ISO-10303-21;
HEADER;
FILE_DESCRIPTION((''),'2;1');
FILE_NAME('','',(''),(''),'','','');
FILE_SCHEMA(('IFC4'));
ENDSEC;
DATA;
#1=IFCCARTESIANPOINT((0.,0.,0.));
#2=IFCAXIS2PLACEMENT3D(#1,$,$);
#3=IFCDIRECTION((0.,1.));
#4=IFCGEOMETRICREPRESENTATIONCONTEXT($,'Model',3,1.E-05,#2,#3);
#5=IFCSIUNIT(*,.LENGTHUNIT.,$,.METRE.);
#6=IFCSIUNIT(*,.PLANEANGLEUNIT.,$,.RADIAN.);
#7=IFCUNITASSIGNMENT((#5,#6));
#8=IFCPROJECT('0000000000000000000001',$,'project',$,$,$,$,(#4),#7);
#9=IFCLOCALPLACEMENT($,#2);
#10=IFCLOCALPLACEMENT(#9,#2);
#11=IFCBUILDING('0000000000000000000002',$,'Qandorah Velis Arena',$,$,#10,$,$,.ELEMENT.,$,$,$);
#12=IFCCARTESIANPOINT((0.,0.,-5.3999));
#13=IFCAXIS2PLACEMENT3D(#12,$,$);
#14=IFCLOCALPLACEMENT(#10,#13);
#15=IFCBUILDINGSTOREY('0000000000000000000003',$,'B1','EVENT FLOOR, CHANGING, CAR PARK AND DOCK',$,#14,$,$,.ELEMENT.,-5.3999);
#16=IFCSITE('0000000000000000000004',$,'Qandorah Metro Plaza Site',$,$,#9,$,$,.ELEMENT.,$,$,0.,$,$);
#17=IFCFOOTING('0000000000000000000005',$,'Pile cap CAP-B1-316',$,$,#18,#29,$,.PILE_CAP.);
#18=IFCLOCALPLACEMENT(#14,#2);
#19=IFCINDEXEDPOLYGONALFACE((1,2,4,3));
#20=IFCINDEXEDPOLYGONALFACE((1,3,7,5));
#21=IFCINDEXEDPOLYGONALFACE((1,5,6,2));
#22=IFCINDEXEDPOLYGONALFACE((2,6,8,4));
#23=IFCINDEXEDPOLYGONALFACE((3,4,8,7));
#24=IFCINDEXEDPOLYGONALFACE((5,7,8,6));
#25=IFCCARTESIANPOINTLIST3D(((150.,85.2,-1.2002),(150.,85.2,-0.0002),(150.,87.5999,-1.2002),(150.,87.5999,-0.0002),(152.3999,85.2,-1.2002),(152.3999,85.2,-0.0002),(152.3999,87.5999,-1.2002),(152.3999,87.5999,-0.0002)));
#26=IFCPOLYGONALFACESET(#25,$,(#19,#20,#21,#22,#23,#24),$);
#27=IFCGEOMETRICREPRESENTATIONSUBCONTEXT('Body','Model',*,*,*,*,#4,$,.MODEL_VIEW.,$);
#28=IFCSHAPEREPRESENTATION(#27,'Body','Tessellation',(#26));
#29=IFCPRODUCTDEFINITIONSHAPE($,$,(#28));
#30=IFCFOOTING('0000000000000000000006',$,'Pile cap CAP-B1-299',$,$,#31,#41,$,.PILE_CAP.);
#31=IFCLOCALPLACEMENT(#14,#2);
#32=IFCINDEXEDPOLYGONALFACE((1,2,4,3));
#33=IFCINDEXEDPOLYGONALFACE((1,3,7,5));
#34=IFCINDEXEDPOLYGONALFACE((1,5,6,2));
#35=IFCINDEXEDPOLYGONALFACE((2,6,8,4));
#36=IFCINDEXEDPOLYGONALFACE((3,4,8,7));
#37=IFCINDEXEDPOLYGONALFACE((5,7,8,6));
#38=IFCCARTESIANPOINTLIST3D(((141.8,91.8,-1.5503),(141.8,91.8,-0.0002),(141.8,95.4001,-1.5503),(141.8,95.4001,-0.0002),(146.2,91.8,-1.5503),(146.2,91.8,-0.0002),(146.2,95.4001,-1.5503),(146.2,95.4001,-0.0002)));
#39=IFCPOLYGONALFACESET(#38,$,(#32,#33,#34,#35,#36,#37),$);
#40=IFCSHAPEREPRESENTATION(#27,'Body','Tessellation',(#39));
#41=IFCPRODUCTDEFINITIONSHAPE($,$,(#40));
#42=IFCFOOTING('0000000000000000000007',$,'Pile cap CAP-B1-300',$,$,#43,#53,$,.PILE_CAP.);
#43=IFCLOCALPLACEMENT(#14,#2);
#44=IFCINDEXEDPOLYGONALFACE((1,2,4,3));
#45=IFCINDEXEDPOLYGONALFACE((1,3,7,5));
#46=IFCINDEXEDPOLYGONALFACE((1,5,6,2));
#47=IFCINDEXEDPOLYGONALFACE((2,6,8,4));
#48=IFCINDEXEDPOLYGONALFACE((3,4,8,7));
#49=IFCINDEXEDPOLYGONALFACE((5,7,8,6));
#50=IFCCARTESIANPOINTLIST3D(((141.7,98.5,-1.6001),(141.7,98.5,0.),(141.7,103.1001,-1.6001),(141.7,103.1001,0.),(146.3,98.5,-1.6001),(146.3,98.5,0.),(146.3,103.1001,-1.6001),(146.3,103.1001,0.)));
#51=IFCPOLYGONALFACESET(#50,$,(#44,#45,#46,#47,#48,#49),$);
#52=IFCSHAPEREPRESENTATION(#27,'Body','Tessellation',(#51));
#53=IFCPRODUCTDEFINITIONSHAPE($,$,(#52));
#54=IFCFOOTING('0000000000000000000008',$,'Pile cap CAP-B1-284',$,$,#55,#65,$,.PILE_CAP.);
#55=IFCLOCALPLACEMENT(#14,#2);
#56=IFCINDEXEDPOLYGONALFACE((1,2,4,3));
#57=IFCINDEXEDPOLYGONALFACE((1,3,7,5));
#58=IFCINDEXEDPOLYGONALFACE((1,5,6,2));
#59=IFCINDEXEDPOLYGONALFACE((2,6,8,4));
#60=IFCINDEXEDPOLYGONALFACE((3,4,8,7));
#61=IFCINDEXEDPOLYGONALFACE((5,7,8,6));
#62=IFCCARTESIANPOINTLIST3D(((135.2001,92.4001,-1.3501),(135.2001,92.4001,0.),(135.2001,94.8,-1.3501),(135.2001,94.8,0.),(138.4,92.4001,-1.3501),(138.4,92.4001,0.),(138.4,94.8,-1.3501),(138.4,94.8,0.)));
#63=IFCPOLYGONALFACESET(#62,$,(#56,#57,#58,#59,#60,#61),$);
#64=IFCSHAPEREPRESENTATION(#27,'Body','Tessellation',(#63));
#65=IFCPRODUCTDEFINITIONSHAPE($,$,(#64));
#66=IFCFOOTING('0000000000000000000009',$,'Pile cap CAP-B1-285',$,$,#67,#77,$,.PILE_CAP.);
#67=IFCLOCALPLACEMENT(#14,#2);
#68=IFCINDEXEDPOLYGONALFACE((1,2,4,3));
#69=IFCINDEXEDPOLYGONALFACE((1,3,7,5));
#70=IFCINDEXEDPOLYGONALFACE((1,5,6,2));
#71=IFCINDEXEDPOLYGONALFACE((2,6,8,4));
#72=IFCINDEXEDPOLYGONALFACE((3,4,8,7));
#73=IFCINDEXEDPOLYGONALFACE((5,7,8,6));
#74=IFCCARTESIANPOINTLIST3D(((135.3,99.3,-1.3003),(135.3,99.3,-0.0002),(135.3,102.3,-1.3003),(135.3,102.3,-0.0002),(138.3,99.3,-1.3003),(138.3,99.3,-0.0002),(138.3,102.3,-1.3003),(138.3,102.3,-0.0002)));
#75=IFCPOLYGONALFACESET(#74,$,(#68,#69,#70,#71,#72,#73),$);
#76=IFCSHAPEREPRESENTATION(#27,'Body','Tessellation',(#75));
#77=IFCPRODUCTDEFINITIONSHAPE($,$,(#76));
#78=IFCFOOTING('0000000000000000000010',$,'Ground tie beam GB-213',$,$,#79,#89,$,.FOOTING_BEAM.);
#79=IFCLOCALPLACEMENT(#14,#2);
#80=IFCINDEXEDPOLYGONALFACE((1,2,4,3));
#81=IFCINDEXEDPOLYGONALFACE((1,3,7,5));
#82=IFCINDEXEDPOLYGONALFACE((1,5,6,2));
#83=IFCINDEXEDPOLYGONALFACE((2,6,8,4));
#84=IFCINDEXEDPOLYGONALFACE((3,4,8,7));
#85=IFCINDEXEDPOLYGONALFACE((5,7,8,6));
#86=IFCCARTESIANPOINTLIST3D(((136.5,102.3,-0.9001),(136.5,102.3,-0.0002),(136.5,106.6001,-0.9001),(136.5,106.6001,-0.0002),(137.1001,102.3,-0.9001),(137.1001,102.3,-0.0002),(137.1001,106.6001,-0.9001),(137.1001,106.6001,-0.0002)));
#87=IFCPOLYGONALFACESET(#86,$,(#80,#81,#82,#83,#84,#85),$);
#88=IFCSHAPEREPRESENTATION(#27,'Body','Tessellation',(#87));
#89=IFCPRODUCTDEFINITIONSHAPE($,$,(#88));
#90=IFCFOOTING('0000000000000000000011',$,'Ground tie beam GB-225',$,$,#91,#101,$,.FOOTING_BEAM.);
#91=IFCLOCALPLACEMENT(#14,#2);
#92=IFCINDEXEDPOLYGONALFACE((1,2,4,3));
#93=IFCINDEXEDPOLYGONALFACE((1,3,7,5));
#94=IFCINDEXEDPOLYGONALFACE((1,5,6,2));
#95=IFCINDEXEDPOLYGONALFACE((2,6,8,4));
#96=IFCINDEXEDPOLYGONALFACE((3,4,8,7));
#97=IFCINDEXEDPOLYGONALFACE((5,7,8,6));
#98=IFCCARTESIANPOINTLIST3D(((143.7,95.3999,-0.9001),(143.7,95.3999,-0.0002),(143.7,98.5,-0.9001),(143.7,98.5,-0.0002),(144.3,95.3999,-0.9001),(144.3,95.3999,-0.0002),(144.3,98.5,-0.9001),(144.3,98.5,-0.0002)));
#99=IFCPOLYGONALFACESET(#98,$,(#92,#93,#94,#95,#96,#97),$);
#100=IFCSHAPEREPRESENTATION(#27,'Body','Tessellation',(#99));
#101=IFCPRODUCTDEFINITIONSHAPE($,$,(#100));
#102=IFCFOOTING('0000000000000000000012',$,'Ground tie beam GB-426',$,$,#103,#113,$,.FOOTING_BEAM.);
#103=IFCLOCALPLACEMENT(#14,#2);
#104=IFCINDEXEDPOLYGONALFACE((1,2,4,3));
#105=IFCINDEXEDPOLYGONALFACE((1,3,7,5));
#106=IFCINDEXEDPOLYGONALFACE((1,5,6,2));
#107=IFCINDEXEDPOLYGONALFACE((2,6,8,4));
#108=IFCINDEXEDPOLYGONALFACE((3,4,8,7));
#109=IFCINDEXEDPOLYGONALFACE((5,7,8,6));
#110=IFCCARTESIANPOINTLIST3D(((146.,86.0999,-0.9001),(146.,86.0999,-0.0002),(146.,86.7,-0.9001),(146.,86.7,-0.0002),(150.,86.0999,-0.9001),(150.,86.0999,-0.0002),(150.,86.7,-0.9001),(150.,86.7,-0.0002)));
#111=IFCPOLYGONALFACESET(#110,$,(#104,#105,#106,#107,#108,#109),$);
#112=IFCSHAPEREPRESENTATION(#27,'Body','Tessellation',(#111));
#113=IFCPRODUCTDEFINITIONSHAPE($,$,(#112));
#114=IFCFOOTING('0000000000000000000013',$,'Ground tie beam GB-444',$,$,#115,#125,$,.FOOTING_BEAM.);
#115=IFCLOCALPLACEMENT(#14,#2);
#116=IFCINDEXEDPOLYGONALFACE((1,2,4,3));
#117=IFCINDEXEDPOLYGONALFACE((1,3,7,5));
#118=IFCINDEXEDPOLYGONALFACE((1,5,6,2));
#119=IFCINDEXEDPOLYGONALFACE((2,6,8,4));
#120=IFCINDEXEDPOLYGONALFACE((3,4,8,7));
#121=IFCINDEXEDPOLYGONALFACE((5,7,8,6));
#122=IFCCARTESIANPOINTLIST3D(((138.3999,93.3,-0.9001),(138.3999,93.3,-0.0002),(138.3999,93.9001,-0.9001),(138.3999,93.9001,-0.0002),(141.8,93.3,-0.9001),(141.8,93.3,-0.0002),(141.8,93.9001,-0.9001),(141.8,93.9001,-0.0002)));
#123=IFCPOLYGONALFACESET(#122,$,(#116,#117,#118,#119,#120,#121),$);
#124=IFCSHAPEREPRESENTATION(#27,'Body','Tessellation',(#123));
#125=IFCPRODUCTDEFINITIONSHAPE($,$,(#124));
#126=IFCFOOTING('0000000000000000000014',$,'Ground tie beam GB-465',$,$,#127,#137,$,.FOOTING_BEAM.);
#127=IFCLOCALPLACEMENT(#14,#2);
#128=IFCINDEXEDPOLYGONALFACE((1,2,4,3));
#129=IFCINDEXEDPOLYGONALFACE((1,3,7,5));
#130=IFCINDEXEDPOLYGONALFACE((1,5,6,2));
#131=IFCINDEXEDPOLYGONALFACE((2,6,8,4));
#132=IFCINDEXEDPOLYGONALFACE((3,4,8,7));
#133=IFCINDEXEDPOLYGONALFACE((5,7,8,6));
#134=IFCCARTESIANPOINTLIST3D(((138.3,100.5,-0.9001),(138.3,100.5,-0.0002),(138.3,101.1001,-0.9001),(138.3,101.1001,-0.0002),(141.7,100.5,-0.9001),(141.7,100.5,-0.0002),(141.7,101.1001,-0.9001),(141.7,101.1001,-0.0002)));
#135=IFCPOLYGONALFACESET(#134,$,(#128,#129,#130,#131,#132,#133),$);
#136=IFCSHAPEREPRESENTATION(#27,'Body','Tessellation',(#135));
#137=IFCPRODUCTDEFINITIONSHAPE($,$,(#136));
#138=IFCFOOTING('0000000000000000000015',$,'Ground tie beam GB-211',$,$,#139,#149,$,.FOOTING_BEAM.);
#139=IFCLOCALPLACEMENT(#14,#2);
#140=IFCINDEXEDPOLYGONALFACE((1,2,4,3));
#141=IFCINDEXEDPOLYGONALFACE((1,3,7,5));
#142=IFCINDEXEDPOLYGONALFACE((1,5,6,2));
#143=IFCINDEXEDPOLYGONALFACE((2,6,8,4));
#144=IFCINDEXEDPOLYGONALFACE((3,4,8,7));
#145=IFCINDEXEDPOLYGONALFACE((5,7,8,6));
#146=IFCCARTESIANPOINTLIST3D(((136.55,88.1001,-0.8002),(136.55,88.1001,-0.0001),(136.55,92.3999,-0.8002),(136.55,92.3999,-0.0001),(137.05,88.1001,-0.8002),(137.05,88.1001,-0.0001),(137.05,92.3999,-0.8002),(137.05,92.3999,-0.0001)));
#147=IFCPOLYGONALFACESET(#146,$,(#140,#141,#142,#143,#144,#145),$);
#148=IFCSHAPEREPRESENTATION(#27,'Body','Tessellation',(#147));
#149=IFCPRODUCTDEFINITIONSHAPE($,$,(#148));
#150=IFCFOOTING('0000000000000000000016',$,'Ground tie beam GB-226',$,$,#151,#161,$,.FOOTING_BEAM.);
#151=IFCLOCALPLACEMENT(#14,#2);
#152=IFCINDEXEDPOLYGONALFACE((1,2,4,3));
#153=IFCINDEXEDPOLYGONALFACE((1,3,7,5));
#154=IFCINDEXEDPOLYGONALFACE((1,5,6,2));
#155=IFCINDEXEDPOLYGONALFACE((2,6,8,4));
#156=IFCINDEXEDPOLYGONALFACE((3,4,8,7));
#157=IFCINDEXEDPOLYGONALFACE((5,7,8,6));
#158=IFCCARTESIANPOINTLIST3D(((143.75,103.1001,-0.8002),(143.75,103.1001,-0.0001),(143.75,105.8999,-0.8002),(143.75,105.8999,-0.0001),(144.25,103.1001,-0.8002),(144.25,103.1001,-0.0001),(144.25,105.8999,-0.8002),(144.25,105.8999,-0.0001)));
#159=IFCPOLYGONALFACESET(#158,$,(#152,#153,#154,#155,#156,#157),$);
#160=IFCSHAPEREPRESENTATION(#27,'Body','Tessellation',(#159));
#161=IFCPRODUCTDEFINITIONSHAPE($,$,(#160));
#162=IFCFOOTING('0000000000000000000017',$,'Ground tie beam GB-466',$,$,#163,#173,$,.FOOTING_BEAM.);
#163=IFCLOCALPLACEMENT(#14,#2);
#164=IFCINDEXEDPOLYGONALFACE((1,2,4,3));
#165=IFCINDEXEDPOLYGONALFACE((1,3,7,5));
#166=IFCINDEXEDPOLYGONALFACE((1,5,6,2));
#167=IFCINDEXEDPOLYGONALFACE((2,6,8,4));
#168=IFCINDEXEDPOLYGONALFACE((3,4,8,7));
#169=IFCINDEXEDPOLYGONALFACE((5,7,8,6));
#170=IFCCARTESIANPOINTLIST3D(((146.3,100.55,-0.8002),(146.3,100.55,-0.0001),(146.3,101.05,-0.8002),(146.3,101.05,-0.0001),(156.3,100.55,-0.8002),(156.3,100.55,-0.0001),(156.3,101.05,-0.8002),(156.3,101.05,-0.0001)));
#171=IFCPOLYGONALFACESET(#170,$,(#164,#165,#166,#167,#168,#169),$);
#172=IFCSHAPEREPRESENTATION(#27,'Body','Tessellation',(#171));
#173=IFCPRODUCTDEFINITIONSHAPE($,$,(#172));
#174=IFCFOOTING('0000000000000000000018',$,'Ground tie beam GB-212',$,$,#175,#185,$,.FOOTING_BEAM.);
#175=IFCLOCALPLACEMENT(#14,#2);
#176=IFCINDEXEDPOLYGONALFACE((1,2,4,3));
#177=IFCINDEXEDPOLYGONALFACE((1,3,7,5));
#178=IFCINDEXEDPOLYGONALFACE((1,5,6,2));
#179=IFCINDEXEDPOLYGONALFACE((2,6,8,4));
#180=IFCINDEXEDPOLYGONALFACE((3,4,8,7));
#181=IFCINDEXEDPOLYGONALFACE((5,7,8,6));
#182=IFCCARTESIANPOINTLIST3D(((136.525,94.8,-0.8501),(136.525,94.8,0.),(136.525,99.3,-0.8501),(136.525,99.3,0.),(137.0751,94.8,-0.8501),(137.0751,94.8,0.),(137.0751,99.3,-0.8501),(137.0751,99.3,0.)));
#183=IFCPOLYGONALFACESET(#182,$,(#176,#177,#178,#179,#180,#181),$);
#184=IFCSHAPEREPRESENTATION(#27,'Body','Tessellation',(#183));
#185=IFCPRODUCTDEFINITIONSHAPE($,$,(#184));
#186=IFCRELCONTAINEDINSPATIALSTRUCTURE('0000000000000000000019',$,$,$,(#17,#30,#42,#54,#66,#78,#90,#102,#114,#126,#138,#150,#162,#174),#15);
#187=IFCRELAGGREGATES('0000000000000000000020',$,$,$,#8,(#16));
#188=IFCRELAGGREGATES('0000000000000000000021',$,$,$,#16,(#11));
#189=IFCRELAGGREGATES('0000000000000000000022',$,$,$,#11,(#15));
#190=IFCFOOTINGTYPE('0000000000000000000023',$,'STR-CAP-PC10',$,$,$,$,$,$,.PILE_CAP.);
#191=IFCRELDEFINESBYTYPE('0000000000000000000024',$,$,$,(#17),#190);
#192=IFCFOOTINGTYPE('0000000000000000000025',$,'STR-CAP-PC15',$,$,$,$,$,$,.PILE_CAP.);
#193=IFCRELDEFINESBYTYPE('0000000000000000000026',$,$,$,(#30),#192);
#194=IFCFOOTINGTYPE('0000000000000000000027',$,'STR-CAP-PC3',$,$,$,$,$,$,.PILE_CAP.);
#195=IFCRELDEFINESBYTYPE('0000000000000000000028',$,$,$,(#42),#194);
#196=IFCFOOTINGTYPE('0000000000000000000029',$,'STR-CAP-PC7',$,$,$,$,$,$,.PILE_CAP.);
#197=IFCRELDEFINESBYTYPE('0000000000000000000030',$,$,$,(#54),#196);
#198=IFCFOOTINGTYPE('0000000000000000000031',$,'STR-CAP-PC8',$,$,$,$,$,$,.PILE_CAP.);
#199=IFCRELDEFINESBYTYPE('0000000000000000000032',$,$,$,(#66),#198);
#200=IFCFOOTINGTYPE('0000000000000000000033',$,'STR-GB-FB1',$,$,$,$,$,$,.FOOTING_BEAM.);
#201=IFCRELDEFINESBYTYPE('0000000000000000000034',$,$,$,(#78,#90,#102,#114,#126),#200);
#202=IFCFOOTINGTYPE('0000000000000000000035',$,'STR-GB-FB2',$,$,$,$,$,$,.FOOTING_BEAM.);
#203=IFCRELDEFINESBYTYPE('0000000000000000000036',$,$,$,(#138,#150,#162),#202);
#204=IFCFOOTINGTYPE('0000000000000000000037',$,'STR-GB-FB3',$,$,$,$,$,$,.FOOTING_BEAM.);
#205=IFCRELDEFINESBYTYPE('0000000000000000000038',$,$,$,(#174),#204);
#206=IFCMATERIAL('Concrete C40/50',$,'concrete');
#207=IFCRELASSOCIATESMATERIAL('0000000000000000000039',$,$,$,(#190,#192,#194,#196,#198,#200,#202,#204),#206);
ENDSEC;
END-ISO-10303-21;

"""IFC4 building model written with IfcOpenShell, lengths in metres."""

from ifc_helpers import new_model, si_unit, direction, frame, origin, origin_2d, place, context, subcontext, project, spatial, rectangle, extrude, material, material_profile, profile_set, type_object, element, save


model = new_model("IFC4")

# Units and contexts
model_context = context("Model", 3, precision=1e-05, world=origin(), true_north=direction((0.0, 1.0)))
body_context = subcontext(model_context, "Body", "Model", "MODEL_VIEW")
ifc_project = project(units=[si_unit("LENGTHUNIT", "METRE"), si_unit("PLANEANGLEUNIT", "RADIAN")], contexts=[model_context])

# Site, building, storey
site_placement = place(None, origin())
site = spatial("IfcSite", under=ifc_project, at=site_placement, Name="Qandorah Metro Plaza Site", CompositionType="ELEMENT", RefElevation=0.0)
building_placement = place(site_placement, origin())
building = spatial("IfcBuilding", under=site, at=building_placement, Name="Qandorah Velis Arena", CompositionType="ELEMENT")
storey_placement = place(building_placement, frame((0.0, 0.0, -5.3999)))
storey = spatial("IfcBuildingStorey", under=building, at=storey_placement, Name="B1", Description="EVENT FLOOR, CHANGING, CAR PARK AND DOCK", CompositionType="ELEMENT", Elevation=-5.3999)

# Footings
ifc_material_1 = material(Name="Concrete C40/50", Category="concrete")
footing_type_1 = type_object("IfcFootingType", Name="STR-CAP-PC10", PredefinedType="PILE_CAP", material=ifc_material_1)
footing_1_placement = place(storey_placement, frame((151.2, 86.3999, -1.2002), z_axis=(0.0, 0.0, 1.0), x_axis=(1.0, 0.0, 0.0)))
element("IfcFooting", 1, at=footing_1_placement, inside=storey, type_object=footing_type_1, Name="Pile cap CAP-B1-316", PredefinedType="PILE_CAP", context=body_context, shape_type="SweptSolid", body=[
    extrude(rectangle(XDim=2.3999, YDim=2.3999, at=origin_2d()), origin(), (0.0, 0.0, 1.0), 1.2),
])
footing_type_2 = type_object("IfcFootingType", Name="STR-CAP-PC15", PredefinedType="PILE_CAP", material=ifc_material_1)
footing_2_placement = place(storey_placement, frame((144.0, 93.6001, -1.5503), z_axis=(0.0, 0.0, 1.0), x_axis=(1.0, 0.0, 0.0)))
element("IfcFooting", 2, at=footing_2_placement, inside=storey, type_object=footing_type_2, Name="Pile cap CAP-B1-299", PredefinedType="PILE_CAP", context=body_context, shape_type="SweptSolid", body=[
    extrude(rectangle(XDim=4.3999, YDim=3.6001, at=origin_2d()), origin(), (0.0, 0.0, 1.0), 1.55),
])
footing_type_3 = type_object("IfcFootingType", Name="STR-CAP-PC3", PredefinedType="PILE_CAP", material=ifc_material_1)
footing_3_placement = place(storey_placement, frame((144.0, 100.8, -1.6001), z_axis=(0.0, 0.0, 1.0), x_axis=(1.0, 0.0, 0.0)))
element("IfcFooting", 3, at=footing_3_placement, inside=storey, type_object=footing_type_3, Name="Pile cap CAP-B1-300", PredefinedType="PILE_CAP", context=body_context, shape_type="SweptSolid", body=[
    extrude(rectangle(XDim=4.6001, YDim=4.6001, at=origin_2d()), origin(), (0.0, 0.0, 1.0), 1.6001),
])
footing_type_4 = type_object("IfcFootingType", Name="STR-CAP-PC7", PredefinedType="PILE_CAP", material=ifc_material_1)
footing_4_placement = place(storey_placement, frame((136.8, 93.6001, -1.3501), z_axis=(0.0, 0.0, 1.0), x_axis=(1.0, 0.0, 0.0)))
element("IfcFooting", 4, at=footing_4_placement, inside=storey, type_object=footing_type_4, Name="Pile cap CAP-B1-284", PredefinedType="PILE_CAP", context=body_context, shape_type="SweptSolid", body=[
    extrude(rectangle(XDim=3.2, YDim=2.3999, at=origin_2d()), origin(), (0.0, 0.0, 1.0), 1.3501),
])
footing_type_5 = type_object("IfcFootingType", Name="STR-CAP-PC8", PredefinedType="PILE_CAP", material=ifc_material_1)
footing_5_placement = place(storey_placement, frame((136.8, 100.8, -1.3003), z_axis=(0.0, 0.0, 1.0), x_axis=(1.0, 0.0, 0.0)))
element("IfcFooting", 5, at=footing_5_placement, inside=storey, type_object=footing_type_5, Name="Pile cap CAP-B1-285", PredefinedType="PILE_CAP", context=body_context, shape_type="SweptSolid", body=[
    extrude(rectangle(XDim=3.0, YDim=3.0, at=origin_2d()), origin(), (0.0, 0.0, 1.0), 1.3),
])
ifc_material_profile_1 = material_profile(ifc_material_1, rectangle(XDim=0.6001, YDim=0.8999, at=origin_2d()), Name="GB1 600x900")
ifc_profile_set_1 = profile_set([ifc_material_profile_1], Name="Concrete C40/50")
footing_type_6 = type_object("IfcFootingType", Name="STR-GB-FB1", PredefinedType="FOOTING_BEAM", material=ifc_profile_set_1)
footing_6_placement = place(storey_placement, frame((136.8, 102.3, -0.4502), z_axis=(0.0, 1.0, 0.0), x_axis=(-1.0, 0.0, 0.0)))
element("IfcFooting", 6, at=footing_6_placement, inside=storey, type_object=footing_type_6, Name="Ground tie beam GB-213", PredefinedType="FOOTING_BEAM", context=body_context, shape_type="SweptSolid", body=[
    extrude(rectangle(XDim=0.6001, YDim=0.8999, at=origin_2d()), origin(), (0.0, 0.0, 1.0), 4.3),
])
footing_7_placement = place(storey_placement, frame((144.0, 95.3999, -0.4502), z_axis=(0.0, 1.0, 0.0), x_axis=(-1.0, 0.0, 0.0)))
element("IfcFooting", 7, at=footing_7_placement, inside=storey, type_object=footing_type_6, Name="Ground tie beam GB-225", PredefinedType="FOOTING_BEAM", context=body_context, shape_type="SweptSolid", body=[
    extrude(rectangle(XDim=0.6001, YDim=0.8999, at=origin_2d()), origin(), (0.0, 0.0, 1.0), 3.1001),
])
footing_8_placement = place(storey_placement, frame((146.0, 86.3999, -0.4502), z_axis=(1.0, 0.0, 0.0), x_axis=(0.0, 1.0, 0.0)))
element("IfcFooting", 8, at=footing_8_placement, inside=storey, type_object=footing_type_6, Name="Ground tie beam GB-426", PredefinedType="FOOTING_BEAM", context=body_context, shape_type="SweptSolid", body=[
    extrude(rectangle(XDim=0.6001, YDim=0.8999, at=origin_2d()), origin(), (0.0, 0.0, 1.0), 4.0),
])
footing_9_placement = place(storey_placement, frame((138.3999, 93.6001, -0.4502), z_axis=(1.0, 0.0, 0.0), x_axis=(0.0, 1.0, 0.0)))
element("IfcFooting", 9, at=footing_9_placement, inside=storey, type_object=footing_type_6, Name="Ground tie beam GB-444", PredefinedType="FOOTING_BEAM", context=body_context, shape_type="SweptSolid", body=[
    extrude(rectangle(XDim=0.6001, YDim=0.8999, at=origin_2d()), origin(), (0.0, 0.0, 1.0), 3.4001),
])
footing_10_placement = place(storey_placement, frame((138.3, 100.8, -0.4502), z_axis=(1.0, 0.0, 0.0), x_axis=(0.0, 1.0, 0.0)))
element("IfcFooting", 10, at=footing_10_placement, inside=storey, type_object=footing_type_6, Name="Ground tie beam GB-465", PredefinedType="FOOTING_BEAM", context=body_context, shape_type="SweptSolid", body=[
    extrude(rectangle(XDim=0.6001, YDim=0.8999, at=origin_2d()), origin(), (0.0, 0.0, 1.0), 3.3999),
])
ifc_material_profile_2 = material_profile(ifc_material_1, rectangle(XDim=0.5, YDim=0.8, at=origin_2d()), Name="GB2 500x800")
ifc_profile_set_2 = profile_set([ifc_material_profile_2], Name="Concrete C40/50")
footing_type_7 = type_object("IfcFootingType", Name="STR-GB-FB2", PredefinedType="FOOTING_BEAM", material=ifc_profile_set_2)
footing_11_placement = place(storey_placement, frame((136.8, 88.1001, -0.4001), z_axis=(0.0, 1.0, 0.0), x_axis=(-1.0, 0.0, 0.0)))
element("IfcFooting", 11, at=footing_11_placement, inside=storey, type_object=footing_type_7, Name="Ground tie beam GB-211", PredefinedType="FOOTING_BEAM", context=body_context, shape_type="SweptSolid", body=[
    extrude(rectangle(XDim=0.5, YDim=0.8, at=origin_2d()), origin(), (0.0, 0.0, 1.0), 4.2998),
])
footing_12_placement = place(storey_placement, frame((144.0, 103.1001, -0.4001), z_axis=(0.0, 1.0, 0.0), x_axis=(-1.0, 0.0, 0.0)))
element("IfcFooting", 12, at=footing_12_placement, inside=storey, type_object=footing_type_7, Name="Ground tie beam GB-226", PredefinedType="FOOTING_BEAM", context=body_context, shape_type="SweptSolid", body=[
    extrude(rectangle(XDim=0.5, YDim=0.8, at=origin_2d()), origin(), (0.0, 0.0, 1.0), 2.7998),
])
footing_13_placement = place(storey_placement, frame((146.3, 100.8, -0.4001), z_axis=(1.0, 0.0, 0.0), x_axis=(0.0, 1.0, 0.0)))
element("IfcFooting", 13, at=footing_13_placement, inside=storey, type_object=footing_type_7, Name="Ground tie beam GB-466", PredefinedType="FOOTING_BEAM", context=body_context, shape_type="SweptSolid", body=[
    extrude(rectangle(XDim=0.5, YDim=0.8, at=origin_2d()), origin(), (0.0, 0.0, 1.0), 10.0),
])
ifc_material_profile_3 = material_profile(ifc_material_1, rectangle(XDim=0.55, YDim=0.8501, at=origin_2d()), Name="GB3 550x850")
ifc_profile_set_3 = profile_set([ifc_material_profile_3], Name="Concrete C40/50")
footing_type_8 = type_object("IfcFootingType", Name="STR-GB-FB3", PredefinedType="FOOTING_BEAM", material=ifc_profile_set_3)
footing_14_placement = place(storey_placement, frame((136.8, 94.8, -0.425), z_axis=(0.0, 1.0, 0.0), x_axis=(-1.0, 0.0, 0.0)))
element("IfcFooting", 14, at=footing_14_placement, inside=storey, type_object=footing_type_8, Name="Ground tie beam GB-212", PredefinedType="FOOTING_BEAM", context=body_context, shape_type="SweptSolid", body=[
    extrude(rectangle(XDim=0.55, YDim=0.8501, at=origin_2d()), origin(), (0.0, 0.0, 1.0), 4.5),
])

save(model, "model.ifc")
